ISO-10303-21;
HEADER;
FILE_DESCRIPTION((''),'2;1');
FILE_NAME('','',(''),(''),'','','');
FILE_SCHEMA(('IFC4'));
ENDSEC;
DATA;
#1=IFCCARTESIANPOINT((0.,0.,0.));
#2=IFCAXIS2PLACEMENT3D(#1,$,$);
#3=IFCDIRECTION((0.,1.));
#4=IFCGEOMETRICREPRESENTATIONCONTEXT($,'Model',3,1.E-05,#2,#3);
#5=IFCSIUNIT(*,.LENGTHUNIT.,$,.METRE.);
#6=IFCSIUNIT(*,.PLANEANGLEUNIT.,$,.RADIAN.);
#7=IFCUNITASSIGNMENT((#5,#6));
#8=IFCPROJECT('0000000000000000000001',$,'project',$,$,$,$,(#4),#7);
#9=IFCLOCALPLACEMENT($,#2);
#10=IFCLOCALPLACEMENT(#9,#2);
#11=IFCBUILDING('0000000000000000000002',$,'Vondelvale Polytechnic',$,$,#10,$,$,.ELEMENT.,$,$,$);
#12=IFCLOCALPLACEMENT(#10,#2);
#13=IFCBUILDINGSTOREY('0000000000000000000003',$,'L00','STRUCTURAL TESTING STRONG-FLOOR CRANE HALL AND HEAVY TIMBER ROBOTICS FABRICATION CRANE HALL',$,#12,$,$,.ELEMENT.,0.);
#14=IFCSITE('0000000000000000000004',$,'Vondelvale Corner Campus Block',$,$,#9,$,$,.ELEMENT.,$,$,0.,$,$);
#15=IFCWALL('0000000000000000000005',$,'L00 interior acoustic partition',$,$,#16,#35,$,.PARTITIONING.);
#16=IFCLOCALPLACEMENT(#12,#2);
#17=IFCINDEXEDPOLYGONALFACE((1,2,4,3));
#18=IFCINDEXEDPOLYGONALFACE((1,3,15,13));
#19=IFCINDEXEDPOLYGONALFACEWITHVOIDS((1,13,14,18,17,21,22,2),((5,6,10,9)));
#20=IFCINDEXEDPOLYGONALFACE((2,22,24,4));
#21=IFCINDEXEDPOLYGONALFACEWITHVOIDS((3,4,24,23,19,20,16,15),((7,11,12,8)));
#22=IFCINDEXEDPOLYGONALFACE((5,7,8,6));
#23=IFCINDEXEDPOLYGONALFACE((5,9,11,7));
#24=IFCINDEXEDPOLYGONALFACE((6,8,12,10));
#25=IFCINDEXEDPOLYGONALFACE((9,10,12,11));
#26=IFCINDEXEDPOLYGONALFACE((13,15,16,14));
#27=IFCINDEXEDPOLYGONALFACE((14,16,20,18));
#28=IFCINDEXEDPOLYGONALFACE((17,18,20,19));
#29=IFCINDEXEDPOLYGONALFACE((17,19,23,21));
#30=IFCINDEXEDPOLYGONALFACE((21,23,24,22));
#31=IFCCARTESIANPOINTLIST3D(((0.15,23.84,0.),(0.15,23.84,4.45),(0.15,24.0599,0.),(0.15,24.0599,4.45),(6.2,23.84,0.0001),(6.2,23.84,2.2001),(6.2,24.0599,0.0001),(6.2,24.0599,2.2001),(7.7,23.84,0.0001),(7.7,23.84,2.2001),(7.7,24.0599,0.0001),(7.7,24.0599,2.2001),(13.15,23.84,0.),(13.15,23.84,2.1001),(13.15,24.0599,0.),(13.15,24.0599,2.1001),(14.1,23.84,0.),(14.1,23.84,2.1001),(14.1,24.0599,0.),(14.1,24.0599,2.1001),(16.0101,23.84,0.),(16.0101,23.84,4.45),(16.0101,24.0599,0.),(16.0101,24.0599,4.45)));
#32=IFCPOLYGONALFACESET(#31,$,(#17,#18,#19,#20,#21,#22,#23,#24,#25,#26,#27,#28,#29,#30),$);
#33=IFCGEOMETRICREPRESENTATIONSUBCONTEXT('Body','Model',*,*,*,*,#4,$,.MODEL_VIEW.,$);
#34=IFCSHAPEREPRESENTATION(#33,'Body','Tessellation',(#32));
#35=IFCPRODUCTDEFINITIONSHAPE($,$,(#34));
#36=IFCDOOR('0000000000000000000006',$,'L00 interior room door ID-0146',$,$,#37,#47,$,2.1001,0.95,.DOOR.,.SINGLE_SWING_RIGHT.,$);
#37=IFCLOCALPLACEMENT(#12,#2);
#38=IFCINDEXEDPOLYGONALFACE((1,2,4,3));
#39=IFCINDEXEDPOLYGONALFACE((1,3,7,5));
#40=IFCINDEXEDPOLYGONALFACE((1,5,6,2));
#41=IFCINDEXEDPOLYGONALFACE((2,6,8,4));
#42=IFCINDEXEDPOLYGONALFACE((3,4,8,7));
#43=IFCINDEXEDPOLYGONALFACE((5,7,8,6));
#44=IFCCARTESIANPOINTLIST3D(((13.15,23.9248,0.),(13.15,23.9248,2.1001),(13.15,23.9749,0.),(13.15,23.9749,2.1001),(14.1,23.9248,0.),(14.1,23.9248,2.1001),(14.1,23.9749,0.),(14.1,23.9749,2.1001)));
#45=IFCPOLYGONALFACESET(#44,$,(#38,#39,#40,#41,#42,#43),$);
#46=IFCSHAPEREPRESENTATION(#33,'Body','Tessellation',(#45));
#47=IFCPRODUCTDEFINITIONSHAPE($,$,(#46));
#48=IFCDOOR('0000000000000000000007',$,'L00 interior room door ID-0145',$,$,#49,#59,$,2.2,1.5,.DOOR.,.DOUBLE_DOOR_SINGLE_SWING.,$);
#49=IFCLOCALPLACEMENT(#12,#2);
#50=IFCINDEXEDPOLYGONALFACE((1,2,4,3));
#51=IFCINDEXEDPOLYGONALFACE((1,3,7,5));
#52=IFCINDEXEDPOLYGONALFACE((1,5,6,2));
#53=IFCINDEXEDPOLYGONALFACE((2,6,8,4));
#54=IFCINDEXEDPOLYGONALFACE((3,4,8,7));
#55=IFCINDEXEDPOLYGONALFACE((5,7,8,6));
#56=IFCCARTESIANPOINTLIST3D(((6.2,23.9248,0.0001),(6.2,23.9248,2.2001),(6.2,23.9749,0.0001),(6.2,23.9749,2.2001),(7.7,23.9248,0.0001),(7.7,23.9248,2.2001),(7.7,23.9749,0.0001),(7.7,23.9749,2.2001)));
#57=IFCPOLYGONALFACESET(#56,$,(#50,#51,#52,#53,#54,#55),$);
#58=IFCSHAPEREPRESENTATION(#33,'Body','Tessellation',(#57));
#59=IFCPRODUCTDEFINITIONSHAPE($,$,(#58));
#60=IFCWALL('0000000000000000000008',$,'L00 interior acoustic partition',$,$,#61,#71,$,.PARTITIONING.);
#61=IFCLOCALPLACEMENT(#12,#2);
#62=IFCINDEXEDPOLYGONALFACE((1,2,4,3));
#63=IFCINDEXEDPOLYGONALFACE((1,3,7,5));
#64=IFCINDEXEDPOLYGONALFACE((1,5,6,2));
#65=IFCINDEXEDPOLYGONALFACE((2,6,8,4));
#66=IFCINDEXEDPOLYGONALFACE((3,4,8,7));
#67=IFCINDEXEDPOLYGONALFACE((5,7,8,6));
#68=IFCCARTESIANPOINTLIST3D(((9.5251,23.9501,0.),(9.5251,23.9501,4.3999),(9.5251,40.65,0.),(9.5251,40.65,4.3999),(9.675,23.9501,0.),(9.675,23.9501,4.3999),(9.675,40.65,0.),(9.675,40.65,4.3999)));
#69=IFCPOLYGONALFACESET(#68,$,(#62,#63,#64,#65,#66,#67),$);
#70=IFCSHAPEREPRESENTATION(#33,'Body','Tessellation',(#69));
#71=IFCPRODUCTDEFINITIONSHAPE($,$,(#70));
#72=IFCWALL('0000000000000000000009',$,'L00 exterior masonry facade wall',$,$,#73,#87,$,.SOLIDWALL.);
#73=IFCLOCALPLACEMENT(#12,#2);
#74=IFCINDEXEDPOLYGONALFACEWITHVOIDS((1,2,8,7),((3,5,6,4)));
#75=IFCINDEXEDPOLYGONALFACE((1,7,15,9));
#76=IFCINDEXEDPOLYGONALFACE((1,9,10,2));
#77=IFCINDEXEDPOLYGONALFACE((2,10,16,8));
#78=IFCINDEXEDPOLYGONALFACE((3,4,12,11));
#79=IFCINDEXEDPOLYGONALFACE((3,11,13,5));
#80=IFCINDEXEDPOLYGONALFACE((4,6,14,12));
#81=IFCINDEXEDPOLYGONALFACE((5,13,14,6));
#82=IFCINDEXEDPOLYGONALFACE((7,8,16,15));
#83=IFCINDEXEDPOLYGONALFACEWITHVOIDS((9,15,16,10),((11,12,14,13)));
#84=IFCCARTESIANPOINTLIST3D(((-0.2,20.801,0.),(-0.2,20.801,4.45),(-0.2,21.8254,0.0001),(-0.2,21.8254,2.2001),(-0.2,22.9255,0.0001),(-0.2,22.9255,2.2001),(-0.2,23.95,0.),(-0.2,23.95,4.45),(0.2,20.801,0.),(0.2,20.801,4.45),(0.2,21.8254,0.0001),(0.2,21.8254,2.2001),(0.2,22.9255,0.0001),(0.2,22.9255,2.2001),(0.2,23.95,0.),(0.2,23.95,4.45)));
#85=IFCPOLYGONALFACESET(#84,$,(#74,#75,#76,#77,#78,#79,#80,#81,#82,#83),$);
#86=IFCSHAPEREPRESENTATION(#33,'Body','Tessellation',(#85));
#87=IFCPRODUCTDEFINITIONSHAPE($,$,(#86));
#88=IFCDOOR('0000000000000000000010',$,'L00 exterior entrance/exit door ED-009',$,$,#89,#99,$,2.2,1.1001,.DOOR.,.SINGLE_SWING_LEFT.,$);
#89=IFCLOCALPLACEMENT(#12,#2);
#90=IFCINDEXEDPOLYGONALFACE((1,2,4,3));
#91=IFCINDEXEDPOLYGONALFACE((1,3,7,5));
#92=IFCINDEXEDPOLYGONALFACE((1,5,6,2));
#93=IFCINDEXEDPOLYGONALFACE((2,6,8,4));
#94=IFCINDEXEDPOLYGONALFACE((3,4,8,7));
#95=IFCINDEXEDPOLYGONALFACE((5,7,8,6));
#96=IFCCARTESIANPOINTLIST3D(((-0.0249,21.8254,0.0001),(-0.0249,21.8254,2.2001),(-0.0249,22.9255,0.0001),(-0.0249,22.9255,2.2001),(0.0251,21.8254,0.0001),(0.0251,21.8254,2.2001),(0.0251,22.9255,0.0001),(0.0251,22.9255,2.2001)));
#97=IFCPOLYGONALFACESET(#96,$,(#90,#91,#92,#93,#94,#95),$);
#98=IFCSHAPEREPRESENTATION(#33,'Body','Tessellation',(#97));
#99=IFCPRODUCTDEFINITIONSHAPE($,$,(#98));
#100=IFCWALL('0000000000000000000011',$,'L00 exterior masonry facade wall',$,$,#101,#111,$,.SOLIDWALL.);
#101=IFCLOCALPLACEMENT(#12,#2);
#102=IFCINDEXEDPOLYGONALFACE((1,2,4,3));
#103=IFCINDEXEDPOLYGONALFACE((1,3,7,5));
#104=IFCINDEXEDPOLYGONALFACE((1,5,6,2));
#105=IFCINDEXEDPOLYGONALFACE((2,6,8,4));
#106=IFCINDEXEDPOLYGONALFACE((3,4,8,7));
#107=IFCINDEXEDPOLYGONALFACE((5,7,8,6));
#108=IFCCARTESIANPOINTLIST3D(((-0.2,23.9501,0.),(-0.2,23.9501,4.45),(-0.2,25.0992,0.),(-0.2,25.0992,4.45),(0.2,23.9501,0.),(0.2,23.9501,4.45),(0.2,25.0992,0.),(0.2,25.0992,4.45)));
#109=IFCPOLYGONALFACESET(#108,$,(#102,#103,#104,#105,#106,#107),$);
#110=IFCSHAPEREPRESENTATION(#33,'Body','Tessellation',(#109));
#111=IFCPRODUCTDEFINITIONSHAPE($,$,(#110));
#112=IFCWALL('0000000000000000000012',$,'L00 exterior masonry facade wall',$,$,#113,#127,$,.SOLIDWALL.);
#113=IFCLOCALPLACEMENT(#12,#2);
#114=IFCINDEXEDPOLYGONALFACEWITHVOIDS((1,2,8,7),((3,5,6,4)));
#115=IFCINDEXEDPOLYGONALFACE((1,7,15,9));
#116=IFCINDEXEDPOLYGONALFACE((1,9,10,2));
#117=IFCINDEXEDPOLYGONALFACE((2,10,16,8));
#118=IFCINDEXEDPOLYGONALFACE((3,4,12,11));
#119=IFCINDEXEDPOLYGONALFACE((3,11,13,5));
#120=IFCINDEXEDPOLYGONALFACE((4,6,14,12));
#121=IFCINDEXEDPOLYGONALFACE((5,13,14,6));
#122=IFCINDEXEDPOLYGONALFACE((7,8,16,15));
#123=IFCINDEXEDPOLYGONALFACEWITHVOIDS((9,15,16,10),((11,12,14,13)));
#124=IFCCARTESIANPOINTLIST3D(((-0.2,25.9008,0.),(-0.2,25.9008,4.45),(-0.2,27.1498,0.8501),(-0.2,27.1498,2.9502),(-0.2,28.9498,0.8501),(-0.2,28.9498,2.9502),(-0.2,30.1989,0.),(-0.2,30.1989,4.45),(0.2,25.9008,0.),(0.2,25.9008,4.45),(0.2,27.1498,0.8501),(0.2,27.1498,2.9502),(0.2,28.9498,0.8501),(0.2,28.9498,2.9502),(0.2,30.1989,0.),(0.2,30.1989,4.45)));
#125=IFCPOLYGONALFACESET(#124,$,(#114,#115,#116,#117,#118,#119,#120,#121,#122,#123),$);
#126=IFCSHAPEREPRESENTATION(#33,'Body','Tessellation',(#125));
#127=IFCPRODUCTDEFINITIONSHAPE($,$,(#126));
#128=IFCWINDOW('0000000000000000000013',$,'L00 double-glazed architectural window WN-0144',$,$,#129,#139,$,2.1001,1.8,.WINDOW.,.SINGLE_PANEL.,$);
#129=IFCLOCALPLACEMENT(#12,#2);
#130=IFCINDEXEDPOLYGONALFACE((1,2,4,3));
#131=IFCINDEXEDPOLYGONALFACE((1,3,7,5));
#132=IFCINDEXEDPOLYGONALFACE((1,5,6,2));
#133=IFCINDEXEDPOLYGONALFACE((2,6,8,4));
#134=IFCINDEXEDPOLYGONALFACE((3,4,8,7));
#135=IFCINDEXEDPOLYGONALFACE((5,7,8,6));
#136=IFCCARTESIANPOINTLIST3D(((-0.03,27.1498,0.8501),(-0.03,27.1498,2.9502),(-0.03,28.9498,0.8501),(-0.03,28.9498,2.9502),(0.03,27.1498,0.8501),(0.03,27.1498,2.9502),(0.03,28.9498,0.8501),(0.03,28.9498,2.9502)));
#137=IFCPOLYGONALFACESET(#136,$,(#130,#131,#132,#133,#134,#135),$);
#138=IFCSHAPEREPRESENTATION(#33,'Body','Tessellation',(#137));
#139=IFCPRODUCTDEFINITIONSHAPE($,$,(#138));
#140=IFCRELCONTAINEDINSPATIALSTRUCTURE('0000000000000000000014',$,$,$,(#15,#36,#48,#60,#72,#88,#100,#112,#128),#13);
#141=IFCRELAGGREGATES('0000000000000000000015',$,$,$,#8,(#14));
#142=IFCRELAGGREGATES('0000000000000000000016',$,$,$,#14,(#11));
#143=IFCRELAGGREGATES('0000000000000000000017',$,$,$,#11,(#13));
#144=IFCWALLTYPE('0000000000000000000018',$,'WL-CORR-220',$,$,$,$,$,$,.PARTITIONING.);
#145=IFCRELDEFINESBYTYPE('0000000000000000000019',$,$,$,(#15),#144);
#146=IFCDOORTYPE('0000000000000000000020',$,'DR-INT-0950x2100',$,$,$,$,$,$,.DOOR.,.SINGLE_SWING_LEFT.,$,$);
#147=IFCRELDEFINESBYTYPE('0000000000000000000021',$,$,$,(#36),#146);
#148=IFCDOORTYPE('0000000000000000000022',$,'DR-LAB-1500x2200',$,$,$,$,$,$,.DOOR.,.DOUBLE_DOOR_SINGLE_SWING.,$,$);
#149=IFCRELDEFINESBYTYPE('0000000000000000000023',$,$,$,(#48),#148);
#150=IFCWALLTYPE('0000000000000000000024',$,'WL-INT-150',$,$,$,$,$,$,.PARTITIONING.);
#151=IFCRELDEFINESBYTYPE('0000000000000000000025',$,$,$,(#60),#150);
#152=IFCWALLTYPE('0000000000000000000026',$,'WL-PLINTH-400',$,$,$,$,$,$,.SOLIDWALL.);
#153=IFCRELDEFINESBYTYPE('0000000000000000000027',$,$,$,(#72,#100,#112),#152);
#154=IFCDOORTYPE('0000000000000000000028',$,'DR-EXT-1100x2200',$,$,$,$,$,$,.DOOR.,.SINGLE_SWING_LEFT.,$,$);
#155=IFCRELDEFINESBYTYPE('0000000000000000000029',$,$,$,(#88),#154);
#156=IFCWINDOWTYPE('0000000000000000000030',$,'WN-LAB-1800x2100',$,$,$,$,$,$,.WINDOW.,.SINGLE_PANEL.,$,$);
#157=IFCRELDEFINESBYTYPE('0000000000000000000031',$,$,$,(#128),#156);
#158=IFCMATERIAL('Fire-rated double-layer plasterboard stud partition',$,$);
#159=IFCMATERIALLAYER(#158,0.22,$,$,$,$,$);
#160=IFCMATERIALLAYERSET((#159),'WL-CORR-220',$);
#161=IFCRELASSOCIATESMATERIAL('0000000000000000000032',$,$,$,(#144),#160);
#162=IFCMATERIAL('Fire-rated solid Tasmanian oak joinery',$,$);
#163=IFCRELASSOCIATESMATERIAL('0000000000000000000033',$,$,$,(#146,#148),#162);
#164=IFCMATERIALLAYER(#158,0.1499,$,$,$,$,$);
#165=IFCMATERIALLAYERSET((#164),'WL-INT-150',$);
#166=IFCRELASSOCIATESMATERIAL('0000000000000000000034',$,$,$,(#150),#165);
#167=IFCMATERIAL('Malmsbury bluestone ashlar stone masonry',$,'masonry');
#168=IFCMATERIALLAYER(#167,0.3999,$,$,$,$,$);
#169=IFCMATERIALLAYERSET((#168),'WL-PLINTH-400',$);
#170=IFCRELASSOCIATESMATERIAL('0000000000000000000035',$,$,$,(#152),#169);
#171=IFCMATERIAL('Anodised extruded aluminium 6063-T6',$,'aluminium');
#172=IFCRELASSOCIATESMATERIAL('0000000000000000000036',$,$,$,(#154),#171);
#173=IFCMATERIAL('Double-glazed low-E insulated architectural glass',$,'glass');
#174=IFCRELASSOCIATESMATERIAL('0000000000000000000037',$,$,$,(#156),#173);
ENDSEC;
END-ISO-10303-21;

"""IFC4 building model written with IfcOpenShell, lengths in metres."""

from ifc_helpers import new_model, si_unit, direction, frame, frame_2d, origin, place, context, subcontext, project, spatial, rectangle, extrude, material, layer, layer_set, type_object, element, fill, save


model = new_model("IFC4")

# Units and contexts
model_context = context("Model", 3, precision=1e-05, world=origin(), true_north=direction((0.0, 1.0)))
body_context = subcontext(model_context, "Body", "Model", "MODEL_VIEW")
ifc_project = project(units=[si_unit("LENGTHUNIT", "METRE"), si_unit("PLANEANGLEUNIT", "RADIAN")], contexts=[model_context])

# Site, building, storey
site_placement = place(None, origin())
site = spatial("IfcSite", under=ifc_project, at=site_placement, Name="Vondelvale Corner Campus Block", CompositionType="ELEMENT", RefElevation=0.0)
building_placement = place(site_placement, origin())
building = spatial("IfcBuilding", under=site, at=building_placement, Name="Vondelvale Polytechnic", CompositionType="ELEMENT")
storey_placement = place(building_placement, origin())
storey = spatial("IfcBuildingStorey", under=building, at=storey_placement, Name="L00", Description="STRUCTURAL TESTING STRONG-FLOOR CRANE HALL AND HEAVY TIMBER ROBOTICS FABRICATION CRANE HALL", CompositionType="ELEMENT", Elevation=0.0)

# Wall, openings, doors
ifc_material_1 = material(Name="Fire-rated double-layer plasterboard stud partition")
ifc_layer_1 = layer(ifc_material_1, 0.22)
ifc_layer_set_1 = layer_set([ifc_layer_1], Name="WL-CORR-220")
wall_type_1 = type_object("IfcWallType", Name="WL-CORR-220", PredefinedType="PARTITIONING", material=ifc_layer_set_1)
wall_1_placement = place(storey_placement, frame((0.1499, 23.95, 0.0), z_axis=(0.0, 0.0, 1.0), x_axis=(1.0, 0.0, 0.0)))
wall_1 = element("IfcWall", 1, at=wall_1_placement, inside=storey, type_object=wall_type_1, Name="L00 interior acoustic partition", PredefinedType="PARTITIONING", context=body_context, shape_type="SweptSolid", body=[
    extrude(rectangle(XDim=15.8601, YDim=0.22, at=frame_2d((7.9302, 0.0))), origin(), (0.0, 0.0, 1.0), 4.45),
])
opening_1_placement = place(wall_1_placement, frame((6.05, 0.0, 0.0)))
opening_1 = element("IfcOpeningElement", 2, at=opening_1_placement, cuts=wall_1, PredefinedType="OPENING", context=body_context, shape_type="SweptSolid", body=[
    extrude(rectangle(XDim=1.5, YDim=2.2, at=frame_2d((0.75, 1.1001))), frame((0.0, 0.1199, 0.0), z_axis=(0.0, -1.0, 0.0), x_axis=(1.0, 0.0, 0.0)), (0.0, 0.0, 1.0), 0.24),
])
opening_2_placement = place(wall_1_placement, frame((13.0, 0.0, 0.0)))
opening_2 = element("IfcOpeningElement", 3, at=opening_2_placement, cuts=wall_1, PredefinedType="OPENING", context=body_context, shape_type="SweptSolid", body=[
    extrude(rectangle(XDim=0.95, YDim=2.1001, at=frame_2d((0.4751, 1.05))), frame((0.0, 0.1199, 0.0), z_axis=(0.0, -1.0, 0.0), x_axis=(1.0, 0.0, 0.0)), (0.0, 0.0, 1.0), 0.24),
])
ifc_material_2 = material(Name="Fire-rated solid Tasmanian oak joinery")
door_type_1 = type_object("IfcDoorType", Name="DR-INT-0950x2100", OperationType="SINGLE_SWING_LEFT", PredefinedType="DOOR", material=ifc_material_2)
door_1_placement = place(opening_2_placement, origin())
door_1 = element("IfcDoor", 4, at=door_1_placement, inside=storey, type_object=door_type_1, Name="L00 interior room door ID-0146", OperationType="SINGLE_SWING_RIGHT", OverallHeight=2.1001, OverallWidth=0.95, PredefinedType="DOOR", context=body_context, shape_type="SweptSolid", body=[
    extrude(rectangle(XDim=0.95, YDim=2.1001, at=frame_2d((0.4751, 1.05))), frame((0.0, 0.0249, 0.0), z_axis=(0.0, -1.0, 0.0), x_axis=(1.0, 0.0, 0.0)), (0.0, 0.0, 1.0), 0.05),
])
fill(opening_2, door_1)
door_type_2 = type_object("IfcDoorType", Name="DR-LAB-1500x2200", OperationType="DOUBLE_DOOR_SINGLE_SWING", PredefinedType="DOOR", material=ifc_material_2)
door_2_placement = place(opening_1_placement, origin())
door_2 = element("IfcDoor", 5, at=door_2_placement, inside=storey, type_object=door_type_2, Name="L00 interior room door ID-0145", OperationType="DOUBLE_DOOR_SINGLE_SWING", OverallHeight=2.2, OverallWidth=1.5, PredefinedType="DOOR", context=body_context, shape_type="SweptSolid", body=[
    extrude(rectangle(XDim=1.5, YDim=2.2, at=frame_2d((0.75, 1.1001))), frame((0.0, 0.0249, 0.0), z_axis=(0.0, -1.0, 0.0), x_axis=(1.0, 0.0, 0.0)), (0.0, 0.0, 1.0), 0.05),
])
fill(opening_1, door_2)

# Wall
ifc_layer_2 = layer(ifc_material_1, 0.1499)
ifc_layer_set_2 = layer_set([ifc_layer_2], Name="WL-INT-150")
wall_type_2 = type_object("IfcWallType", Name="WL-INT-150", PredefinedType="PARTITIONING", material=ifc_layer_set_2)
wall_2_placement = place(storey_placement, frame((9.6001, 23.95, 0.0), z_axis=(0.0, 0.0, 1.0), x_axis=(0.0, 1.0, 0.0)))
element("IfcWall", 6, at=wall_2_placement, inside=storey, type_object=wall_type_2, Name="L00 interior acoustic partition", PredefinedType="PARTITIONING", context=body_context, shape_type="SweptSolid", body=[
    extrude(rectangle(XDim=16.7, YDim=0.1499, at=frame_2d((8.3501, 0.0))), origin(), (0.0, 0.0, 1.0), 4.3999),
])

# Wall, opening, door
ifc_material_3 = material(Name="Malmsbury bluestone ashlar stone masonry", Category="masonry")
ifc_layer_3 = layer(ifc_material_3, 0.3999)
ifc_layer_set_3 = layer_set([ifc_layer_3], Name="WL-PLINTH-400")
wall_type_3 = type_object("IfcWallType", Name="WL-PLINTH-400", PredefinedType="SOLIDWALL", material=ifc_layer_set_3)
wall_3_placement = place(storey_placement, frame((0.0, 20.801, 0.0), z_axis=(0.0, 0.0, 1.0), x_axis=(0.0, 1.0, 0.0)))
wall_3 = element("IfcWall", 7, at=wall_3_placement, inside=storey, type_object=wall_type_3, Name="L00 exterior masonry facade wall", PredefinedType="SOLIDWALL", context=body_context, shape_type="SweptSolid", body=[
    extrude(rectangle(XDim=3.1489, YDim=0.3999, at=frame_2d((1.5745, 0.0))), origin(), (0.0, 0.0, 1.0), 4.45),
])
opening_3_placement = place(wall_3_placement, frame((1.0244, 0.0, 0.0)))
opening_3 = element("IfcOpeningElement", 8, at=opening_3_placement, cuts=wall_3, PredefinedType="OPENING", context=body_context, shape_type="SweptSolid", body=[
    extrude(rectangle(XDim=1.1001, YDim=2.2, at=frame_2d((0.55, 1.1001))), frame((0.0, 0.21, 0.0), z_axis=(0.0, -1.0, 0.0), x_axis=(1.0, 0.0, 0.0)), (0.0, 0.0, 1.0), 0.4199),
])
ifc_material_4 = material(Name="Anodised extruded aluminium 6063-T6", Category="aluminium")
door_type_3 = type_object("IfcDoorType", Name="DR-EXT-1100x2200", OperationType="SINGLE_SWING_LEFT", PredefinedType="DOOR", material=ifc_material_4)
door_3_placement = place(opening_3_placement, origin())
door_3 = element("IfcDoor", 9, at=door_3_placement, inside=storey, type_object=door_type_3, Name="L00 exterior entrance/exit door ED-009", OperationType="SINGLE_SWING_LEFT", OverallHeight=2.2, OverallWidth=1.1001, PredefinedType="DOOR", context=body_context, shape_type="SweptSolid", body=[
    extrude(rectangle(XDim=1.1001, YDim=2.2, at=frame_2d((0.55, 1.1001))), frame((0.0, 0.0249, 0.0), z_axis=(0.0, -1.0, 0.0), x_axis=(1.0, 0.0, 0.0)), (0.0, 0.0, 1.0), 0.05),
])
fill(opening_3, door_3)

# Wall
wall_4_placement = place(storey_placement, frame((0.0, 23.95, 0.0), z_axis=(0.0, 0.0, 1.0), x_axis=(0.0, 1.0, 0.0)))
element("IfcWall", 10, at=wall_4_placement, inside=storey, type_object=wall_type_3, Name="L00 exterior masonry facade wall", PredefinedType="SOLIDWALL", context=body_context, shape_type="SweptSolid", body=[
    extrude(rectangle(XDim=1.1492, YDim=0.3999, at=frame_2d((0.5747, 0.0))), origin(), (0.0, 0.0, 1.0), 4.45),
])

# Wall, opening, window
wall_5_placement = place(storey_placement, frame((0.0, 25.9009, 0.0), z_axis=(0.0, 0.0, 1.0), x_axis=(0.0, 1.0, 0.0)))
wall_5 = element("IfcWall", 11, at=wall_5_placement, inside=storey, type_object=wall_type_3, Name="L00 exterior masonry facade wall", PredefinedType="SOLIDWALL", context=body_context, shape_type="SweptSolid", body=[
    extrude(rectangle(XDim=4.2981, YDim=0.3999, at=frame_2d((2.1489, 0.0))), origin(), (0.0, 0.0, 1.0), 4.45),
])
opening_4_placement = place(wall_5_placement, frame((1.249, 0.0, 0.8501)))
opening_4 = element("IfcOpeningElement", 12, at=opening_4_placement, cuts=wall_5, PredefinedType="OPENING", context=body_context, shape_type="SweptSolid", body=[
    extrude(rectangle(XDim=1.8, YDim=2.1001, at=frame_2d((0.8999, 1.05))), frame((0.0, 0.21, 0.0), z_axis=(0.0, -1.0, 0.0), x_axis=(1.0, 0.0, 0.0)), (0.0, 0.0, 1.0), 0.4199),
])
ifc_material_5 = material(Name="Double-glazed low-E insulated architectural glass", Category="glass")
window_type = type_object("IfcWindowType", Name="WN-LAB-1800x2100", PartitioningType="SINGLE_PANEL", PredefinedType="WINDOW", material=ifc_material_5)
window_1_placement = place(opening_4_placement, origin())
window_1 = element("IfcWindow", 13, at=window_1_placement, inside=storey, type_object=window_type, Name="L00 double-glazed architectural window WN-0144", OverallHeight=2.1001, OverallWidth=1.8, PartitioningType="SINGLE_PANEL", PredefinedType="WINDOW", context=body_context, shape_type="SweptSolid", body=[
    extrude(rectangle(XDim=1.8, YDim=2.1001, at=frame_2d((0.8999, 1.05))), frame((0.0, 0.03, 0.0), z_axis=(0.0, -1.0, 0.0), x_axis=(1.0, 0.0, 0.0)), (0.0, 0.0, 1.0), 0.0601),
])
fill(opening_4, window_1)

save(model, "model.ifc")
